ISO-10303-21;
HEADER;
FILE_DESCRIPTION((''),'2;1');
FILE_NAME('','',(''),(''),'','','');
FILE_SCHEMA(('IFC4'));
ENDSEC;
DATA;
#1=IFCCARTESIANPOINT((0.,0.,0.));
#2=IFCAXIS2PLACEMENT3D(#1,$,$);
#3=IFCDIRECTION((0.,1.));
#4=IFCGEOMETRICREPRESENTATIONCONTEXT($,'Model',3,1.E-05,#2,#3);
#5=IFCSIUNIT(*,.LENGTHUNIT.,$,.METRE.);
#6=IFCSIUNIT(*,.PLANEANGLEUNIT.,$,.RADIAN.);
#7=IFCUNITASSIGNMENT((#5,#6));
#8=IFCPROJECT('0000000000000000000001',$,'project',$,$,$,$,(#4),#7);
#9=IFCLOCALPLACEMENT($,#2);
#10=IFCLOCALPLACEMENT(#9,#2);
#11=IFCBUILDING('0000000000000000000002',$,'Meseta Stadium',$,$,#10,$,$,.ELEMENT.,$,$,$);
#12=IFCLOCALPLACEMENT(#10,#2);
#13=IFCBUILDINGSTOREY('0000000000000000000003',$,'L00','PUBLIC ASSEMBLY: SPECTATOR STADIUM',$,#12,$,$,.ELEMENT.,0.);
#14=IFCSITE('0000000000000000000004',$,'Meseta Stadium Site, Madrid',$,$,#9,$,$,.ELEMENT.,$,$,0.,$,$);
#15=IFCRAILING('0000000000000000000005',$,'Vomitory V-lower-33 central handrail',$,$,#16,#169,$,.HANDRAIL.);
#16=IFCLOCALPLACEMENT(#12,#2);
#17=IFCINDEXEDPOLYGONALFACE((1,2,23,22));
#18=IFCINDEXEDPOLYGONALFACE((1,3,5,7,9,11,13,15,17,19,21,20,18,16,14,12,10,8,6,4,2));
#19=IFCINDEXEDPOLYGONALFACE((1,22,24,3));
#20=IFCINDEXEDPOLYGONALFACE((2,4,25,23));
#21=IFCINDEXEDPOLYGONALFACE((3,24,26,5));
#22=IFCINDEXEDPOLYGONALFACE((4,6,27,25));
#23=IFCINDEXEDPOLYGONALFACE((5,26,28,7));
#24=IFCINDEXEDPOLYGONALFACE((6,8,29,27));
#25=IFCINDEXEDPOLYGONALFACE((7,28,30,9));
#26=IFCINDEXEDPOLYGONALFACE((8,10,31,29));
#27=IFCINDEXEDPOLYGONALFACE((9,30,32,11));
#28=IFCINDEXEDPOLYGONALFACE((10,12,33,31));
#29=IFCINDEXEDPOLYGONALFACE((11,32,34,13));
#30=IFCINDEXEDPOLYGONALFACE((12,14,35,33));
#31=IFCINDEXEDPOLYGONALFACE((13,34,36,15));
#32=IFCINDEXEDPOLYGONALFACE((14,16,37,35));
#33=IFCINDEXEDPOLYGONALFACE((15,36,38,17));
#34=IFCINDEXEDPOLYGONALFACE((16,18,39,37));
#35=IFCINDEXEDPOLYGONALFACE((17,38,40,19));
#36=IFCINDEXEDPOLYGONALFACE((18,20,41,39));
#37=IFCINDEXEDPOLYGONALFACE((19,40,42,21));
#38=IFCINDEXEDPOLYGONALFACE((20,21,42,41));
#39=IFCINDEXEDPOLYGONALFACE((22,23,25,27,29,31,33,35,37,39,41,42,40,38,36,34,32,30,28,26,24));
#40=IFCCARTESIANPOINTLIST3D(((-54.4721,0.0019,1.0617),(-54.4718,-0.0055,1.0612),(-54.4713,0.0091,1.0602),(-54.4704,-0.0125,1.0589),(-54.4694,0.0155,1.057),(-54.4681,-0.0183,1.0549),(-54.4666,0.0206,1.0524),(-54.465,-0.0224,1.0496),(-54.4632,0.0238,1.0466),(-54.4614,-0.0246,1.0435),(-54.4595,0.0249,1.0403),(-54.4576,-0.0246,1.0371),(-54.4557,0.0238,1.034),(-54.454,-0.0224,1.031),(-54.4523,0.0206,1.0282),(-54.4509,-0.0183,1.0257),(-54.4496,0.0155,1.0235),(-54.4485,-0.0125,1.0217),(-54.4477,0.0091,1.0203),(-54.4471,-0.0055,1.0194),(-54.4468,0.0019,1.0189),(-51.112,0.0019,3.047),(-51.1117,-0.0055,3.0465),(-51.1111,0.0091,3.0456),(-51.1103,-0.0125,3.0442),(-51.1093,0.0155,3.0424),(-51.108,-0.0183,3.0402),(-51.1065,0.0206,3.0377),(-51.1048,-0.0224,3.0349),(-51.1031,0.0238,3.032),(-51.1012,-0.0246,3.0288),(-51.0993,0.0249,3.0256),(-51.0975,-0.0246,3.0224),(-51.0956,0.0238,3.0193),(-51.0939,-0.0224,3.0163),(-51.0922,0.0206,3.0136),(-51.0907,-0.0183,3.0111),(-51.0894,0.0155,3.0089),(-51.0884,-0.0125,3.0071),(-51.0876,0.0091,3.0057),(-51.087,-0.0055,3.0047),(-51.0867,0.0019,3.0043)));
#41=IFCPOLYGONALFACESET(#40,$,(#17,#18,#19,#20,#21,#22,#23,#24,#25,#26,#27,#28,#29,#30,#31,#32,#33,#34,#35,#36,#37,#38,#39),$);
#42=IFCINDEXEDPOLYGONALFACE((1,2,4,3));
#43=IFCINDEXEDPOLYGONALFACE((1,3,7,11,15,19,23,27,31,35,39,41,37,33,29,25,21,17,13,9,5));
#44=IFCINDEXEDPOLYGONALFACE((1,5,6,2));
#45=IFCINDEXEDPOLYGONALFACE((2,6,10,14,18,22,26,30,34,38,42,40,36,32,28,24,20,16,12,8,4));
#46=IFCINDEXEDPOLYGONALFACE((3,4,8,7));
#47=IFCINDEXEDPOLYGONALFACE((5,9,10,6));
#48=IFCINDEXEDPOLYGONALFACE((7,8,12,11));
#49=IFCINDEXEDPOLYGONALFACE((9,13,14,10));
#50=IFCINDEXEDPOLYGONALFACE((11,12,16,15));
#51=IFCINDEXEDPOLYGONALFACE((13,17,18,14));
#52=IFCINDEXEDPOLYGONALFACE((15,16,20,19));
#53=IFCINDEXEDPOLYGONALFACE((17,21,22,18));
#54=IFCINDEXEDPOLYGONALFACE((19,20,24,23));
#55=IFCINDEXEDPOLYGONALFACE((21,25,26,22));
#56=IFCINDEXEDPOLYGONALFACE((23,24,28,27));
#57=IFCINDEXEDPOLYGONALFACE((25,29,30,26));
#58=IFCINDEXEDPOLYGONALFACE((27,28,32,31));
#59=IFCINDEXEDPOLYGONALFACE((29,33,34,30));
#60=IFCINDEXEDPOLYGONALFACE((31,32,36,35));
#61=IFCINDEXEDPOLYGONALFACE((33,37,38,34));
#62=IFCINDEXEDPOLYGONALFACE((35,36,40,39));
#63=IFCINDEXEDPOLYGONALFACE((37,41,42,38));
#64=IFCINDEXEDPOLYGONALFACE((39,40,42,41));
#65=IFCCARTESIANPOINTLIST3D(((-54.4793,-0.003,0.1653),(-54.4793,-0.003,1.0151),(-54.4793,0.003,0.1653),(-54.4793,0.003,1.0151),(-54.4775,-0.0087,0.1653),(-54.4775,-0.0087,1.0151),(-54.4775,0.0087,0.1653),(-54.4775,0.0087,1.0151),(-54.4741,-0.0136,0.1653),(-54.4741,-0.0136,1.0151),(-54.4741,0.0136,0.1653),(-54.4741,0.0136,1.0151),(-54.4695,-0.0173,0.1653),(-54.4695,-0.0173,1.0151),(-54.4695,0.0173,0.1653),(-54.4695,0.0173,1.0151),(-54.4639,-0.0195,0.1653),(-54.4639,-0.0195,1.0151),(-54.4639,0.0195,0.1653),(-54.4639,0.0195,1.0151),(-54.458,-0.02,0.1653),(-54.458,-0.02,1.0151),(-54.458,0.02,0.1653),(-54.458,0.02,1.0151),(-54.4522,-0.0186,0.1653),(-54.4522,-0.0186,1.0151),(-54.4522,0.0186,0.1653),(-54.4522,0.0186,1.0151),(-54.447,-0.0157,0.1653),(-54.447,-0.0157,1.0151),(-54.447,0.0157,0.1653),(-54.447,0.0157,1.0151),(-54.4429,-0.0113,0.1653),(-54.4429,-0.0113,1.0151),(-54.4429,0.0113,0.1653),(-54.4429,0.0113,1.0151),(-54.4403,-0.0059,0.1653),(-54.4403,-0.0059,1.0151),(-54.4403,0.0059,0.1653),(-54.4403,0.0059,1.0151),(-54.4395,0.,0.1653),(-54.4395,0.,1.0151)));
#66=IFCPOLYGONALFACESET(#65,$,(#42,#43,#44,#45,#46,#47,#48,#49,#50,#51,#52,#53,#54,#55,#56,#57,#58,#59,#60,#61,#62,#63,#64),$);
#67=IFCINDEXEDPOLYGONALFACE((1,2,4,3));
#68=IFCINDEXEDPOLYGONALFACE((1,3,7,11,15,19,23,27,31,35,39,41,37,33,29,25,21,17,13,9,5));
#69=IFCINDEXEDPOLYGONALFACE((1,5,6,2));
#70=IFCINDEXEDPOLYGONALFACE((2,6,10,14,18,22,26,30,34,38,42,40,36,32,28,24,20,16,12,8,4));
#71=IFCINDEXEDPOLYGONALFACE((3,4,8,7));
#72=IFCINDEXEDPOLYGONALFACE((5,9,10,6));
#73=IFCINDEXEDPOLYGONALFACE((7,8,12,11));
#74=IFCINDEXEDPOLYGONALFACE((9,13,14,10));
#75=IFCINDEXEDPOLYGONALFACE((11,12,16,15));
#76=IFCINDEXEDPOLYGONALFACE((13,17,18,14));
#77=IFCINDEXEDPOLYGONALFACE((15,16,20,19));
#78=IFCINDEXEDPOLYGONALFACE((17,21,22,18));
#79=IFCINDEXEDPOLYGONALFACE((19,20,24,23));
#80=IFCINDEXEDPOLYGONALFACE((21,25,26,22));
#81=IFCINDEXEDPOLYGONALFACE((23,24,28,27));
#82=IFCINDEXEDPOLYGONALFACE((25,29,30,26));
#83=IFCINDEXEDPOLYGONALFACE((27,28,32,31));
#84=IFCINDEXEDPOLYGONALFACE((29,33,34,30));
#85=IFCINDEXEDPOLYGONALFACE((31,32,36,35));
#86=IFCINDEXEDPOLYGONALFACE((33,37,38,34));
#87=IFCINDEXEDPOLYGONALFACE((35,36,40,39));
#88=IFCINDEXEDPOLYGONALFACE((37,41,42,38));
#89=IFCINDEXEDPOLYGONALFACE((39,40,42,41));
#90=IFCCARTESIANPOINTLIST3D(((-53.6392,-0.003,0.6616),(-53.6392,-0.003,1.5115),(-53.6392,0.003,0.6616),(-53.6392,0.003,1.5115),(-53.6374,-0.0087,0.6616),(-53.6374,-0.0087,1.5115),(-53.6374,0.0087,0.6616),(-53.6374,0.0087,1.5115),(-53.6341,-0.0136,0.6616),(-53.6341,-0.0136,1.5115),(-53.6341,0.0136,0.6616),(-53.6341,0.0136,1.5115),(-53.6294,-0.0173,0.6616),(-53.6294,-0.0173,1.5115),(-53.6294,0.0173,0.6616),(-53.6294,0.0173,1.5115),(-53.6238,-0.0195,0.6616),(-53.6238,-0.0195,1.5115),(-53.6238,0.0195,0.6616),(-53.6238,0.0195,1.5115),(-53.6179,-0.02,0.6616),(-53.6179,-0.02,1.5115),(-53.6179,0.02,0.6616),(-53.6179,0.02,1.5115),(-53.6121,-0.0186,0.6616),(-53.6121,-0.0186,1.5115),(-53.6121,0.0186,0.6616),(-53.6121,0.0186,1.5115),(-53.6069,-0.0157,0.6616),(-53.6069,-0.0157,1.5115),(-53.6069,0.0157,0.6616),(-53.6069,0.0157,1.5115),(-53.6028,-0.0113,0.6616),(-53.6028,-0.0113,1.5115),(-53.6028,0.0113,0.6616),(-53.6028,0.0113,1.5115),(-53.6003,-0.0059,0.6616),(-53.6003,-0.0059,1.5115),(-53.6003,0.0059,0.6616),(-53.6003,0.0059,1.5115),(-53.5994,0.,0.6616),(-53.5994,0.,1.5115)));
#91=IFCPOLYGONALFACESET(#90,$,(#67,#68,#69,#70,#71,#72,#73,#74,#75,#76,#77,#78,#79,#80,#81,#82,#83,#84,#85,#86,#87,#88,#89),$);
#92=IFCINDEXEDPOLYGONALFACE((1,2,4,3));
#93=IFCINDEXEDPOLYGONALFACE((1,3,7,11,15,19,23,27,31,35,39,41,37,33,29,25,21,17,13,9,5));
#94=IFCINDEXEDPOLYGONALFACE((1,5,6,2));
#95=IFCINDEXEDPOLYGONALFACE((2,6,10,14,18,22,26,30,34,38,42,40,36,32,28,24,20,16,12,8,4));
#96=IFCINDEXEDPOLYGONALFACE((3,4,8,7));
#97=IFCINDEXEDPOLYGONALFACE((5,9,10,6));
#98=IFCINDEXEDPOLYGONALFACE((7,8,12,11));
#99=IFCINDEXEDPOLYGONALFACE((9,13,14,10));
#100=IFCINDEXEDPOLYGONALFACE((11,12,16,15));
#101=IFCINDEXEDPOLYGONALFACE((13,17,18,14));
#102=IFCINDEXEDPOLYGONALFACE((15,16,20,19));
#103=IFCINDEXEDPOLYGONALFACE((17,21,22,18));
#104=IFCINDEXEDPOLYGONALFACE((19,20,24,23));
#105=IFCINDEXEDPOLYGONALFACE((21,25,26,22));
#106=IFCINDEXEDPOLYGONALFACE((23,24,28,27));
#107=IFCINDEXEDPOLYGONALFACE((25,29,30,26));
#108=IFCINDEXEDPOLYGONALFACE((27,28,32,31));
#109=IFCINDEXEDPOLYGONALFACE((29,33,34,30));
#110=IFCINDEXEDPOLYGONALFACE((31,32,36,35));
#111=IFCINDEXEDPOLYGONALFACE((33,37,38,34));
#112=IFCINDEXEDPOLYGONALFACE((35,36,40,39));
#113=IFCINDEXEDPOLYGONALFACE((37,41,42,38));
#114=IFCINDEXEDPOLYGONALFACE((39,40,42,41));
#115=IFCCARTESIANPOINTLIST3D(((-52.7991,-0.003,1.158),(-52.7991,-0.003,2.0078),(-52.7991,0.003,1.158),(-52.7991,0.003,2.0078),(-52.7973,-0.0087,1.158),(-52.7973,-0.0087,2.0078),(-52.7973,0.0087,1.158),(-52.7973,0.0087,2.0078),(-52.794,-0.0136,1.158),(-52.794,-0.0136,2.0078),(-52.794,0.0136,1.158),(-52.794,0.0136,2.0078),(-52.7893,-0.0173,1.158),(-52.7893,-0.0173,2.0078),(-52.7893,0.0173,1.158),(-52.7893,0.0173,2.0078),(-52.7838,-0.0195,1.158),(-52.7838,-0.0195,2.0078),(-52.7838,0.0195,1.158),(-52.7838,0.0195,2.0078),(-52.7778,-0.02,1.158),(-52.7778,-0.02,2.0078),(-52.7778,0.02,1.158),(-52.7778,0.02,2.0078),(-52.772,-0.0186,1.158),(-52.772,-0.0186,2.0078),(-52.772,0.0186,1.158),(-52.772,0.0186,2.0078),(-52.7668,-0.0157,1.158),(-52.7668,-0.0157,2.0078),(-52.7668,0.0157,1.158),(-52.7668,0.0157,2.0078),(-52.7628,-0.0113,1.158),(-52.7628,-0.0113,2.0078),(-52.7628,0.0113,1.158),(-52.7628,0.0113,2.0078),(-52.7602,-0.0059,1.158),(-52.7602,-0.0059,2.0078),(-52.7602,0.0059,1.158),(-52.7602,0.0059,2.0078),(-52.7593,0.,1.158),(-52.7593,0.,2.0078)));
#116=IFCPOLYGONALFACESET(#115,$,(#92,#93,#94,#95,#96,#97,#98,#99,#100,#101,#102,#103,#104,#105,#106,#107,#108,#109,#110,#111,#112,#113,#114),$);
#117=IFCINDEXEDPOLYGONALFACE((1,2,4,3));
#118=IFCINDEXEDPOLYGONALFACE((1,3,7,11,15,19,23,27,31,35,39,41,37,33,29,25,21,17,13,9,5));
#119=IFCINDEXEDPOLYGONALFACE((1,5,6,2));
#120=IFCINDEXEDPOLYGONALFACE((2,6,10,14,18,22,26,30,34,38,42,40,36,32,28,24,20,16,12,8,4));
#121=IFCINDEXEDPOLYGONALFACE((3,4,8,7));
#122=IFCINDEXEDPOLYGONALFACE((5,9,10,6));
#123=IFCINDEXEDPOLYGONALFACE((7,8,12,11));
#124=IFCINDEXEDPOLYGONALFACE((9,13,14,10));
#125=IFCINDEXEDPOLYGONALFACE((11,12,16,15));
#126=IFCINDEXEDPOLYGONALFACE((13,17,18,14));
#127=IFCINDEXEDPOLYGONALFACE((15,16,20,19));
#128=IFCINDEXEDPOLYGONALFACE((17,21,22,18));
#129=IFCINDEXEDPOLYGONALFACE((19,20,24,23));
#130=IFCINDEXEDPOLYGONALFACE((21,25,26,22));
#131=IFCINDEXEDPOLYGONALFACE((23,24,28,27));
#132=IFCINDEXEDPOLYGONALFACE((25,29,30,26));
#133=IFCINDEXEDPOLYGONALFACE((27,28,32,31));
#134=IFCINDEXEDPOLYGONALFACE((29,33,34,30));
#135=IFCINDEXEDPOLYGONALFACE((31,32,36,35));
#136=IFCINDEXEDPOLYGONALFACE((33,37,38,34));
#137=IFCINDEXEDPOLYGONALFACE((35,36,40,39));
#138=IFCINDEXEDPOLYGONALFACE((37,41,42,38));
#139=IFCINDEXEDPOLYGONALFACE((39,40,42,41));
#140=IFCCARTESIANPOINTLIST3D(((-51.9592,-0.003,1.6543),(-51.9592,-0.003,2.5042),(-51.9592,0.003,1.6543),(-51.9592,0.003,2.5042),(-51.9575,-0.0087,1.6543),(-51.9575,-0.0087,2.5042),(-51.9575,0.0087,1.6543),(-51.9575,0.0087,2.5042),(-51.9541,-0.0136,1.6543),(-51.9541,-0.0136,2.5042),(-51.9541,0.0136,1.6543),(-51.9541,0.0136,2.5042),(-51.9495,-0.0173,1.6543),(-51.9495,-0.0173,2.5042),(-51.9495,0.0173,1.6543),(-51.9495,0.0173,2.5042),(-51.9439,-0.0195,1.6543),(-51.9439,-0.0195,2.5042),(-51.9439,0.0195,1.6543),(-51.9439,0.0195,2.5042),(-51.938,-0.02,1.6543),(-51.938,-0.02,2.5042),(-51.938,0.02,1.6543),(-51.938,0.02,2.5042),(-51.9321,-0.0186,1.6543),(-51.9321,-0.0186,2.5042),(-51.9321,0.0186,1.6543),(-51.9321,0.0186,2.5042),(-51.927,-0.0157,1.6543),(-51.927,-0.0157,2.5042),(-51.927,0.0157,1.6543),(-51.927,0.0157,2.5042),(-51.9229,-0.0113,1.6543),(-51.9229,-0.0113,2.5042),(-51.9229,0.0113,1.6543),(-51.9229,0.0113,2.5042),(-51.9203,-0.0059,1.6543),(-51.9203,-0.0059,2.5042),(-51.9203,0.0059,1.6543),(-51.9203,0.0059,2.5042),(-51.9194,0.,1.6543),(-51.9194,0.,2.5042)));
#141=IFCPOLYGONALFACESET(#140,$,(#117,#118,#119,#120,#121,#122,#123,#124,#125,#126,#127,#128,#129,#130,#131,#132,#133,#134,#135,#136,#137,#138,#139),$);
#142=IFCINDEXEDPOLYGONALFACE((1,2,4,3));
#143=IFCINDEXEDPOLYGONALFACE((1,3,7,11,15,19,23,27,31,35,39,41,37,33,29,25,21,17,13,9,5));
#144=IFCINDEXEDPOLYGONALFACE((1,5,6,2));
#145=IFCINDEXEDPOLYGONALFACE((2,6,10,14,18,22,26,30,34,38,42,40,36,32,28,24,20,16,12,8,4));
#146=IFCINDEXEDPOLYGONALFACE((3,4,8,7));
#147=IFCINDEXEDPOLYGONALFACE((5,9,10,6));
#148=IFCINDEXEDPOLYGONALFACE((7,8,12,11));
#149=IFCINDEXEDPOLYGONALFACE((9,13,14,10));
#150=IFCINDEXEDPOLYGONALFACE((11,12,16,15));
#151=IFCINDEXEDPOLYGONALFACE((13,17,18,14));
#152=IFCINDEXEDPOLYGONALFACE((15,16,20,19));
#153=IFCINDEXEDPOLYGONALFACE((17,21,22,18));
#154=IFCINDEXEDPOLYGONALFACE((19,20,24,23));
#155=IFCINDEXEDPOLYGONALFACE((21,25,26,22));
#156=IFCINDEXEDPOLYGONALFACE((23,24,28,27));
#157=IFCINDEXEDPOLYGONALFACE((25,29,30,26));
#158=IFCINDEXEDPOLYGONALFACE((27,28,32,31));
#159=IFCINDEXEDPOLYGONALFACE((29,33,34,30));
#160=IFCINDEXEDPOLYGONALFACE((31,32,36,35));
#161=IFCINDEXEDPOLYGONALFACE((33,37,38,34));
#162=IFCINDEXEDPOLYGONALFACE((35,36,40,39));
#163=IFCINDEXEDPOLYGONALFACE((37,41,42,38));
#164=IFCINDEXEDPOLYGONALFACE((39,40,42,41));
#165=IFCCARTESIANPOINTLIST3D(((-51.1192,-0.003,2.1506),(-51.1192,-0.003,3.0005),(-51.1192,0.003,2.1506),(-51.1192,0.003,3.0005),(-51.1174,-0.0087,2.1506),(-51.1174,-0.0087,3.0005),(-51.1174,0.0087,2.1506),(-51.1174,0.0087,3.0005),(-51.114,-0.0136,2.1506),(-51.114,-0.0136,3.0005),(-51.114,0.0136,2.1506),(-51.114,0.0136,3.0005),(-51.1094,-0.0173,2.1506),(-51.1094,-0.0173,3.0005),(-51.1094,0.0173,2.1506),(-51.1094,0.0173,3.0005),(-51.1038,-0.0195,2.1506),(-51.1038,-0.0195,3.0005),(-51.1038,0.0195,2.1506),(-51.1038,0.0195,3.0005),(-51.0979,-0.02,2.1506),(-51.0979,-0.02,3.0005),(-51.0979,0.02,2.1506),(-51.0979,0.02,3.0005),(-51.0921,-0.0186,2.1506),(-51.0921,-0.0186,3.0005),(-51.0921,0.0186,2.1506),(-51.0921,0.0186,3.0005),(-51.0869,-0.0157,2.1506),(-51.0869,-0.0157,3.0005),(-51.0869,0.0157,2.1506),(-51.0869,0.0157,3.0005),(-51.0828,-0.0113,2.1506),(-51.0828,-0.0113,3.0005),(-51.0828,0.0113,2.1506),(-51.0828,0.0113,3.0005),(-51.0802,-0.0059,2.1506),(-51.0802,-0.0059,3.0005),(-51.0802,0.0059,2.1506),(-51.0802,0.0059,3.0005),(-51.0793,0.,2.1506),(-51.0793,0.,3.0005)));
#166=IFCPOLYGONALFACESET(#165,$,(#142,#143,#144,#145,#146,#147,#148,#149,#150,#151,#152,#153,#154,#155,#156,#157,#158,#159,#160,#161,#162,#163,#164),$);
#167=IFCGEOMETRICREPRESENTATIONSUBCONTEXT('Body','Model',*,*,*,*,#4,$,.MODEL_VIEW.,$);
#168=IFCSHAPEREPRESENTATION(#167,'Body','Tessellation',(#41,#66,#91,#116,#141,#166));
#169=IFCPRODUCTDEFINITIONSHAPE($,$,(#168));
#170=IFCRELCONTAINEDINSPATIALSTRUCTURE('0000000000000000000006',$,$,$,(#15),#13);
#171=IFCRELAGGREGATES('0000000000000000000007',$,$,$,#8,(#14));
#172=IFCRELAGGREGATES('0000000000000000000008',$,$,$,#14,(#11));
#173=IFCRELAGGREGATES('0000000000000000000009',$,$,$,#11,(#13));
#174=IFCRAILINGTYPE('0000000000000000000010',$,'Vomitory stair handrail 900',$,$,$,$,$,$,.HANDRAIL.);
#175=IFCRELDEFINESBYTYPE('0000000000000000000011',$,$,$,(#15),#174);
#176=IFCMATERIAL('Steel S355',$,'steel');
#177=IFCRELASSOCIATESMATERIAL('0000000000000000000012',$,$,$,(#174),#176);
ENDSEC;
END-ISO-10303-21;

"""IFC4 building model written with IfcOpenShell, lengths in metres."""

from ifc_helpers import new_model, si_unit, direction, frame, origin, origin_2d, place, context, subcontext, project, spatial, circle, extrude, material, type_object, element, save


model = new_model("IFC4")

# Units and contexts
model_context = context("Model", 3, precision=1e-05, world=origin(), true_north=direction((0.0, 1.0)))
body_context = subcontext(model_context, "Body", "Model", "MODEL_VIEW")
ifc_project = project(units=[si_unit("LENGTHUNIT", "METRE"), si_unit("PLANEANGLEUNIT", "RADIAN")], contexts=[model_context])

# Site, building, storey
site_placement = place(None, origin())
site = spatial("IfcSite", under=ifc_project, at=site_placement, Name="Meseta Stadium Site, Madrid", CompositionType="ELEMENT", RefElevation=0.0)
building_placement = place(site_placement, origin())
building = spatial("IfcBuilding", under=site, at=building_placement, Name="Meseta Stadium", CompositionType="ELEMENT")
storey_placement = place(building_placement, origin())
storey = spatial("IfcBuildingStorey", under=building, at=storey_placement, Name="L00", Description="PUBLIC ASSEMBLY: SPECTATOR STADIUM", CompositionType="ELEMENT", Elevation=0.0)

# Railing
ifc_material_1 = material(Name="Steel S355", Category="steel")
railing_type_1 = type_object("IfcRailingType", Name="Vomitory stair handrail 900", PredefinedType="HANDRAIL", material=ifc_material_1)
railing_1_placement = place(storey_placement, frame((-54.4595, 0.0, 0.1653)))
element("IfcRailing", 1, at=railing_1_placement, inside=storey, type_object=railing_type_1, Name="Vomitory V-lower-33 central handrail", PredefinedType="HANDRAIL", context=body_context, shape_type="SweptSolid", body=[
    extrude(circle(Radius=0.0249, at=origin_2d()), frame((0.0, 0.0, 0.875), z_axis=(0.860945, 0.0, 0.508698), x_axis=(0.0, 1.0, 0.0)), (0.0, 0.0, 1.0), 3.9028),
    extrude(circle(Radius=0.02, at=origin_2d()), origin(), (0.0, 0.0, 1.0), 0.8499),
    extrude(circle(Radius=0.02, at=origin_2d()), frame((0.8401, 0.0, 0.4963)), (0.0, 0.0, 1.0), 0.8499),
    extrude(circle(Radius=0.02, at=origin_2d()), frame((1.6802, 0.0, 0.9927)), (0.0, 0.0, 1.0), 0.8499),
    extrude(circle(Radius=0.02, at=origin_2d()), frame((2.52, 0.0, 1.489)), (0.0, 0.0, 1.0), 0.8499),
    extrude(circle(Radius=0.02, at=origin_2d()), frame((3.3601, 0.0, 1.9854)), (0.0, 0.0, 1.0), 0.8499),
])

save(model, "model.ifc")
